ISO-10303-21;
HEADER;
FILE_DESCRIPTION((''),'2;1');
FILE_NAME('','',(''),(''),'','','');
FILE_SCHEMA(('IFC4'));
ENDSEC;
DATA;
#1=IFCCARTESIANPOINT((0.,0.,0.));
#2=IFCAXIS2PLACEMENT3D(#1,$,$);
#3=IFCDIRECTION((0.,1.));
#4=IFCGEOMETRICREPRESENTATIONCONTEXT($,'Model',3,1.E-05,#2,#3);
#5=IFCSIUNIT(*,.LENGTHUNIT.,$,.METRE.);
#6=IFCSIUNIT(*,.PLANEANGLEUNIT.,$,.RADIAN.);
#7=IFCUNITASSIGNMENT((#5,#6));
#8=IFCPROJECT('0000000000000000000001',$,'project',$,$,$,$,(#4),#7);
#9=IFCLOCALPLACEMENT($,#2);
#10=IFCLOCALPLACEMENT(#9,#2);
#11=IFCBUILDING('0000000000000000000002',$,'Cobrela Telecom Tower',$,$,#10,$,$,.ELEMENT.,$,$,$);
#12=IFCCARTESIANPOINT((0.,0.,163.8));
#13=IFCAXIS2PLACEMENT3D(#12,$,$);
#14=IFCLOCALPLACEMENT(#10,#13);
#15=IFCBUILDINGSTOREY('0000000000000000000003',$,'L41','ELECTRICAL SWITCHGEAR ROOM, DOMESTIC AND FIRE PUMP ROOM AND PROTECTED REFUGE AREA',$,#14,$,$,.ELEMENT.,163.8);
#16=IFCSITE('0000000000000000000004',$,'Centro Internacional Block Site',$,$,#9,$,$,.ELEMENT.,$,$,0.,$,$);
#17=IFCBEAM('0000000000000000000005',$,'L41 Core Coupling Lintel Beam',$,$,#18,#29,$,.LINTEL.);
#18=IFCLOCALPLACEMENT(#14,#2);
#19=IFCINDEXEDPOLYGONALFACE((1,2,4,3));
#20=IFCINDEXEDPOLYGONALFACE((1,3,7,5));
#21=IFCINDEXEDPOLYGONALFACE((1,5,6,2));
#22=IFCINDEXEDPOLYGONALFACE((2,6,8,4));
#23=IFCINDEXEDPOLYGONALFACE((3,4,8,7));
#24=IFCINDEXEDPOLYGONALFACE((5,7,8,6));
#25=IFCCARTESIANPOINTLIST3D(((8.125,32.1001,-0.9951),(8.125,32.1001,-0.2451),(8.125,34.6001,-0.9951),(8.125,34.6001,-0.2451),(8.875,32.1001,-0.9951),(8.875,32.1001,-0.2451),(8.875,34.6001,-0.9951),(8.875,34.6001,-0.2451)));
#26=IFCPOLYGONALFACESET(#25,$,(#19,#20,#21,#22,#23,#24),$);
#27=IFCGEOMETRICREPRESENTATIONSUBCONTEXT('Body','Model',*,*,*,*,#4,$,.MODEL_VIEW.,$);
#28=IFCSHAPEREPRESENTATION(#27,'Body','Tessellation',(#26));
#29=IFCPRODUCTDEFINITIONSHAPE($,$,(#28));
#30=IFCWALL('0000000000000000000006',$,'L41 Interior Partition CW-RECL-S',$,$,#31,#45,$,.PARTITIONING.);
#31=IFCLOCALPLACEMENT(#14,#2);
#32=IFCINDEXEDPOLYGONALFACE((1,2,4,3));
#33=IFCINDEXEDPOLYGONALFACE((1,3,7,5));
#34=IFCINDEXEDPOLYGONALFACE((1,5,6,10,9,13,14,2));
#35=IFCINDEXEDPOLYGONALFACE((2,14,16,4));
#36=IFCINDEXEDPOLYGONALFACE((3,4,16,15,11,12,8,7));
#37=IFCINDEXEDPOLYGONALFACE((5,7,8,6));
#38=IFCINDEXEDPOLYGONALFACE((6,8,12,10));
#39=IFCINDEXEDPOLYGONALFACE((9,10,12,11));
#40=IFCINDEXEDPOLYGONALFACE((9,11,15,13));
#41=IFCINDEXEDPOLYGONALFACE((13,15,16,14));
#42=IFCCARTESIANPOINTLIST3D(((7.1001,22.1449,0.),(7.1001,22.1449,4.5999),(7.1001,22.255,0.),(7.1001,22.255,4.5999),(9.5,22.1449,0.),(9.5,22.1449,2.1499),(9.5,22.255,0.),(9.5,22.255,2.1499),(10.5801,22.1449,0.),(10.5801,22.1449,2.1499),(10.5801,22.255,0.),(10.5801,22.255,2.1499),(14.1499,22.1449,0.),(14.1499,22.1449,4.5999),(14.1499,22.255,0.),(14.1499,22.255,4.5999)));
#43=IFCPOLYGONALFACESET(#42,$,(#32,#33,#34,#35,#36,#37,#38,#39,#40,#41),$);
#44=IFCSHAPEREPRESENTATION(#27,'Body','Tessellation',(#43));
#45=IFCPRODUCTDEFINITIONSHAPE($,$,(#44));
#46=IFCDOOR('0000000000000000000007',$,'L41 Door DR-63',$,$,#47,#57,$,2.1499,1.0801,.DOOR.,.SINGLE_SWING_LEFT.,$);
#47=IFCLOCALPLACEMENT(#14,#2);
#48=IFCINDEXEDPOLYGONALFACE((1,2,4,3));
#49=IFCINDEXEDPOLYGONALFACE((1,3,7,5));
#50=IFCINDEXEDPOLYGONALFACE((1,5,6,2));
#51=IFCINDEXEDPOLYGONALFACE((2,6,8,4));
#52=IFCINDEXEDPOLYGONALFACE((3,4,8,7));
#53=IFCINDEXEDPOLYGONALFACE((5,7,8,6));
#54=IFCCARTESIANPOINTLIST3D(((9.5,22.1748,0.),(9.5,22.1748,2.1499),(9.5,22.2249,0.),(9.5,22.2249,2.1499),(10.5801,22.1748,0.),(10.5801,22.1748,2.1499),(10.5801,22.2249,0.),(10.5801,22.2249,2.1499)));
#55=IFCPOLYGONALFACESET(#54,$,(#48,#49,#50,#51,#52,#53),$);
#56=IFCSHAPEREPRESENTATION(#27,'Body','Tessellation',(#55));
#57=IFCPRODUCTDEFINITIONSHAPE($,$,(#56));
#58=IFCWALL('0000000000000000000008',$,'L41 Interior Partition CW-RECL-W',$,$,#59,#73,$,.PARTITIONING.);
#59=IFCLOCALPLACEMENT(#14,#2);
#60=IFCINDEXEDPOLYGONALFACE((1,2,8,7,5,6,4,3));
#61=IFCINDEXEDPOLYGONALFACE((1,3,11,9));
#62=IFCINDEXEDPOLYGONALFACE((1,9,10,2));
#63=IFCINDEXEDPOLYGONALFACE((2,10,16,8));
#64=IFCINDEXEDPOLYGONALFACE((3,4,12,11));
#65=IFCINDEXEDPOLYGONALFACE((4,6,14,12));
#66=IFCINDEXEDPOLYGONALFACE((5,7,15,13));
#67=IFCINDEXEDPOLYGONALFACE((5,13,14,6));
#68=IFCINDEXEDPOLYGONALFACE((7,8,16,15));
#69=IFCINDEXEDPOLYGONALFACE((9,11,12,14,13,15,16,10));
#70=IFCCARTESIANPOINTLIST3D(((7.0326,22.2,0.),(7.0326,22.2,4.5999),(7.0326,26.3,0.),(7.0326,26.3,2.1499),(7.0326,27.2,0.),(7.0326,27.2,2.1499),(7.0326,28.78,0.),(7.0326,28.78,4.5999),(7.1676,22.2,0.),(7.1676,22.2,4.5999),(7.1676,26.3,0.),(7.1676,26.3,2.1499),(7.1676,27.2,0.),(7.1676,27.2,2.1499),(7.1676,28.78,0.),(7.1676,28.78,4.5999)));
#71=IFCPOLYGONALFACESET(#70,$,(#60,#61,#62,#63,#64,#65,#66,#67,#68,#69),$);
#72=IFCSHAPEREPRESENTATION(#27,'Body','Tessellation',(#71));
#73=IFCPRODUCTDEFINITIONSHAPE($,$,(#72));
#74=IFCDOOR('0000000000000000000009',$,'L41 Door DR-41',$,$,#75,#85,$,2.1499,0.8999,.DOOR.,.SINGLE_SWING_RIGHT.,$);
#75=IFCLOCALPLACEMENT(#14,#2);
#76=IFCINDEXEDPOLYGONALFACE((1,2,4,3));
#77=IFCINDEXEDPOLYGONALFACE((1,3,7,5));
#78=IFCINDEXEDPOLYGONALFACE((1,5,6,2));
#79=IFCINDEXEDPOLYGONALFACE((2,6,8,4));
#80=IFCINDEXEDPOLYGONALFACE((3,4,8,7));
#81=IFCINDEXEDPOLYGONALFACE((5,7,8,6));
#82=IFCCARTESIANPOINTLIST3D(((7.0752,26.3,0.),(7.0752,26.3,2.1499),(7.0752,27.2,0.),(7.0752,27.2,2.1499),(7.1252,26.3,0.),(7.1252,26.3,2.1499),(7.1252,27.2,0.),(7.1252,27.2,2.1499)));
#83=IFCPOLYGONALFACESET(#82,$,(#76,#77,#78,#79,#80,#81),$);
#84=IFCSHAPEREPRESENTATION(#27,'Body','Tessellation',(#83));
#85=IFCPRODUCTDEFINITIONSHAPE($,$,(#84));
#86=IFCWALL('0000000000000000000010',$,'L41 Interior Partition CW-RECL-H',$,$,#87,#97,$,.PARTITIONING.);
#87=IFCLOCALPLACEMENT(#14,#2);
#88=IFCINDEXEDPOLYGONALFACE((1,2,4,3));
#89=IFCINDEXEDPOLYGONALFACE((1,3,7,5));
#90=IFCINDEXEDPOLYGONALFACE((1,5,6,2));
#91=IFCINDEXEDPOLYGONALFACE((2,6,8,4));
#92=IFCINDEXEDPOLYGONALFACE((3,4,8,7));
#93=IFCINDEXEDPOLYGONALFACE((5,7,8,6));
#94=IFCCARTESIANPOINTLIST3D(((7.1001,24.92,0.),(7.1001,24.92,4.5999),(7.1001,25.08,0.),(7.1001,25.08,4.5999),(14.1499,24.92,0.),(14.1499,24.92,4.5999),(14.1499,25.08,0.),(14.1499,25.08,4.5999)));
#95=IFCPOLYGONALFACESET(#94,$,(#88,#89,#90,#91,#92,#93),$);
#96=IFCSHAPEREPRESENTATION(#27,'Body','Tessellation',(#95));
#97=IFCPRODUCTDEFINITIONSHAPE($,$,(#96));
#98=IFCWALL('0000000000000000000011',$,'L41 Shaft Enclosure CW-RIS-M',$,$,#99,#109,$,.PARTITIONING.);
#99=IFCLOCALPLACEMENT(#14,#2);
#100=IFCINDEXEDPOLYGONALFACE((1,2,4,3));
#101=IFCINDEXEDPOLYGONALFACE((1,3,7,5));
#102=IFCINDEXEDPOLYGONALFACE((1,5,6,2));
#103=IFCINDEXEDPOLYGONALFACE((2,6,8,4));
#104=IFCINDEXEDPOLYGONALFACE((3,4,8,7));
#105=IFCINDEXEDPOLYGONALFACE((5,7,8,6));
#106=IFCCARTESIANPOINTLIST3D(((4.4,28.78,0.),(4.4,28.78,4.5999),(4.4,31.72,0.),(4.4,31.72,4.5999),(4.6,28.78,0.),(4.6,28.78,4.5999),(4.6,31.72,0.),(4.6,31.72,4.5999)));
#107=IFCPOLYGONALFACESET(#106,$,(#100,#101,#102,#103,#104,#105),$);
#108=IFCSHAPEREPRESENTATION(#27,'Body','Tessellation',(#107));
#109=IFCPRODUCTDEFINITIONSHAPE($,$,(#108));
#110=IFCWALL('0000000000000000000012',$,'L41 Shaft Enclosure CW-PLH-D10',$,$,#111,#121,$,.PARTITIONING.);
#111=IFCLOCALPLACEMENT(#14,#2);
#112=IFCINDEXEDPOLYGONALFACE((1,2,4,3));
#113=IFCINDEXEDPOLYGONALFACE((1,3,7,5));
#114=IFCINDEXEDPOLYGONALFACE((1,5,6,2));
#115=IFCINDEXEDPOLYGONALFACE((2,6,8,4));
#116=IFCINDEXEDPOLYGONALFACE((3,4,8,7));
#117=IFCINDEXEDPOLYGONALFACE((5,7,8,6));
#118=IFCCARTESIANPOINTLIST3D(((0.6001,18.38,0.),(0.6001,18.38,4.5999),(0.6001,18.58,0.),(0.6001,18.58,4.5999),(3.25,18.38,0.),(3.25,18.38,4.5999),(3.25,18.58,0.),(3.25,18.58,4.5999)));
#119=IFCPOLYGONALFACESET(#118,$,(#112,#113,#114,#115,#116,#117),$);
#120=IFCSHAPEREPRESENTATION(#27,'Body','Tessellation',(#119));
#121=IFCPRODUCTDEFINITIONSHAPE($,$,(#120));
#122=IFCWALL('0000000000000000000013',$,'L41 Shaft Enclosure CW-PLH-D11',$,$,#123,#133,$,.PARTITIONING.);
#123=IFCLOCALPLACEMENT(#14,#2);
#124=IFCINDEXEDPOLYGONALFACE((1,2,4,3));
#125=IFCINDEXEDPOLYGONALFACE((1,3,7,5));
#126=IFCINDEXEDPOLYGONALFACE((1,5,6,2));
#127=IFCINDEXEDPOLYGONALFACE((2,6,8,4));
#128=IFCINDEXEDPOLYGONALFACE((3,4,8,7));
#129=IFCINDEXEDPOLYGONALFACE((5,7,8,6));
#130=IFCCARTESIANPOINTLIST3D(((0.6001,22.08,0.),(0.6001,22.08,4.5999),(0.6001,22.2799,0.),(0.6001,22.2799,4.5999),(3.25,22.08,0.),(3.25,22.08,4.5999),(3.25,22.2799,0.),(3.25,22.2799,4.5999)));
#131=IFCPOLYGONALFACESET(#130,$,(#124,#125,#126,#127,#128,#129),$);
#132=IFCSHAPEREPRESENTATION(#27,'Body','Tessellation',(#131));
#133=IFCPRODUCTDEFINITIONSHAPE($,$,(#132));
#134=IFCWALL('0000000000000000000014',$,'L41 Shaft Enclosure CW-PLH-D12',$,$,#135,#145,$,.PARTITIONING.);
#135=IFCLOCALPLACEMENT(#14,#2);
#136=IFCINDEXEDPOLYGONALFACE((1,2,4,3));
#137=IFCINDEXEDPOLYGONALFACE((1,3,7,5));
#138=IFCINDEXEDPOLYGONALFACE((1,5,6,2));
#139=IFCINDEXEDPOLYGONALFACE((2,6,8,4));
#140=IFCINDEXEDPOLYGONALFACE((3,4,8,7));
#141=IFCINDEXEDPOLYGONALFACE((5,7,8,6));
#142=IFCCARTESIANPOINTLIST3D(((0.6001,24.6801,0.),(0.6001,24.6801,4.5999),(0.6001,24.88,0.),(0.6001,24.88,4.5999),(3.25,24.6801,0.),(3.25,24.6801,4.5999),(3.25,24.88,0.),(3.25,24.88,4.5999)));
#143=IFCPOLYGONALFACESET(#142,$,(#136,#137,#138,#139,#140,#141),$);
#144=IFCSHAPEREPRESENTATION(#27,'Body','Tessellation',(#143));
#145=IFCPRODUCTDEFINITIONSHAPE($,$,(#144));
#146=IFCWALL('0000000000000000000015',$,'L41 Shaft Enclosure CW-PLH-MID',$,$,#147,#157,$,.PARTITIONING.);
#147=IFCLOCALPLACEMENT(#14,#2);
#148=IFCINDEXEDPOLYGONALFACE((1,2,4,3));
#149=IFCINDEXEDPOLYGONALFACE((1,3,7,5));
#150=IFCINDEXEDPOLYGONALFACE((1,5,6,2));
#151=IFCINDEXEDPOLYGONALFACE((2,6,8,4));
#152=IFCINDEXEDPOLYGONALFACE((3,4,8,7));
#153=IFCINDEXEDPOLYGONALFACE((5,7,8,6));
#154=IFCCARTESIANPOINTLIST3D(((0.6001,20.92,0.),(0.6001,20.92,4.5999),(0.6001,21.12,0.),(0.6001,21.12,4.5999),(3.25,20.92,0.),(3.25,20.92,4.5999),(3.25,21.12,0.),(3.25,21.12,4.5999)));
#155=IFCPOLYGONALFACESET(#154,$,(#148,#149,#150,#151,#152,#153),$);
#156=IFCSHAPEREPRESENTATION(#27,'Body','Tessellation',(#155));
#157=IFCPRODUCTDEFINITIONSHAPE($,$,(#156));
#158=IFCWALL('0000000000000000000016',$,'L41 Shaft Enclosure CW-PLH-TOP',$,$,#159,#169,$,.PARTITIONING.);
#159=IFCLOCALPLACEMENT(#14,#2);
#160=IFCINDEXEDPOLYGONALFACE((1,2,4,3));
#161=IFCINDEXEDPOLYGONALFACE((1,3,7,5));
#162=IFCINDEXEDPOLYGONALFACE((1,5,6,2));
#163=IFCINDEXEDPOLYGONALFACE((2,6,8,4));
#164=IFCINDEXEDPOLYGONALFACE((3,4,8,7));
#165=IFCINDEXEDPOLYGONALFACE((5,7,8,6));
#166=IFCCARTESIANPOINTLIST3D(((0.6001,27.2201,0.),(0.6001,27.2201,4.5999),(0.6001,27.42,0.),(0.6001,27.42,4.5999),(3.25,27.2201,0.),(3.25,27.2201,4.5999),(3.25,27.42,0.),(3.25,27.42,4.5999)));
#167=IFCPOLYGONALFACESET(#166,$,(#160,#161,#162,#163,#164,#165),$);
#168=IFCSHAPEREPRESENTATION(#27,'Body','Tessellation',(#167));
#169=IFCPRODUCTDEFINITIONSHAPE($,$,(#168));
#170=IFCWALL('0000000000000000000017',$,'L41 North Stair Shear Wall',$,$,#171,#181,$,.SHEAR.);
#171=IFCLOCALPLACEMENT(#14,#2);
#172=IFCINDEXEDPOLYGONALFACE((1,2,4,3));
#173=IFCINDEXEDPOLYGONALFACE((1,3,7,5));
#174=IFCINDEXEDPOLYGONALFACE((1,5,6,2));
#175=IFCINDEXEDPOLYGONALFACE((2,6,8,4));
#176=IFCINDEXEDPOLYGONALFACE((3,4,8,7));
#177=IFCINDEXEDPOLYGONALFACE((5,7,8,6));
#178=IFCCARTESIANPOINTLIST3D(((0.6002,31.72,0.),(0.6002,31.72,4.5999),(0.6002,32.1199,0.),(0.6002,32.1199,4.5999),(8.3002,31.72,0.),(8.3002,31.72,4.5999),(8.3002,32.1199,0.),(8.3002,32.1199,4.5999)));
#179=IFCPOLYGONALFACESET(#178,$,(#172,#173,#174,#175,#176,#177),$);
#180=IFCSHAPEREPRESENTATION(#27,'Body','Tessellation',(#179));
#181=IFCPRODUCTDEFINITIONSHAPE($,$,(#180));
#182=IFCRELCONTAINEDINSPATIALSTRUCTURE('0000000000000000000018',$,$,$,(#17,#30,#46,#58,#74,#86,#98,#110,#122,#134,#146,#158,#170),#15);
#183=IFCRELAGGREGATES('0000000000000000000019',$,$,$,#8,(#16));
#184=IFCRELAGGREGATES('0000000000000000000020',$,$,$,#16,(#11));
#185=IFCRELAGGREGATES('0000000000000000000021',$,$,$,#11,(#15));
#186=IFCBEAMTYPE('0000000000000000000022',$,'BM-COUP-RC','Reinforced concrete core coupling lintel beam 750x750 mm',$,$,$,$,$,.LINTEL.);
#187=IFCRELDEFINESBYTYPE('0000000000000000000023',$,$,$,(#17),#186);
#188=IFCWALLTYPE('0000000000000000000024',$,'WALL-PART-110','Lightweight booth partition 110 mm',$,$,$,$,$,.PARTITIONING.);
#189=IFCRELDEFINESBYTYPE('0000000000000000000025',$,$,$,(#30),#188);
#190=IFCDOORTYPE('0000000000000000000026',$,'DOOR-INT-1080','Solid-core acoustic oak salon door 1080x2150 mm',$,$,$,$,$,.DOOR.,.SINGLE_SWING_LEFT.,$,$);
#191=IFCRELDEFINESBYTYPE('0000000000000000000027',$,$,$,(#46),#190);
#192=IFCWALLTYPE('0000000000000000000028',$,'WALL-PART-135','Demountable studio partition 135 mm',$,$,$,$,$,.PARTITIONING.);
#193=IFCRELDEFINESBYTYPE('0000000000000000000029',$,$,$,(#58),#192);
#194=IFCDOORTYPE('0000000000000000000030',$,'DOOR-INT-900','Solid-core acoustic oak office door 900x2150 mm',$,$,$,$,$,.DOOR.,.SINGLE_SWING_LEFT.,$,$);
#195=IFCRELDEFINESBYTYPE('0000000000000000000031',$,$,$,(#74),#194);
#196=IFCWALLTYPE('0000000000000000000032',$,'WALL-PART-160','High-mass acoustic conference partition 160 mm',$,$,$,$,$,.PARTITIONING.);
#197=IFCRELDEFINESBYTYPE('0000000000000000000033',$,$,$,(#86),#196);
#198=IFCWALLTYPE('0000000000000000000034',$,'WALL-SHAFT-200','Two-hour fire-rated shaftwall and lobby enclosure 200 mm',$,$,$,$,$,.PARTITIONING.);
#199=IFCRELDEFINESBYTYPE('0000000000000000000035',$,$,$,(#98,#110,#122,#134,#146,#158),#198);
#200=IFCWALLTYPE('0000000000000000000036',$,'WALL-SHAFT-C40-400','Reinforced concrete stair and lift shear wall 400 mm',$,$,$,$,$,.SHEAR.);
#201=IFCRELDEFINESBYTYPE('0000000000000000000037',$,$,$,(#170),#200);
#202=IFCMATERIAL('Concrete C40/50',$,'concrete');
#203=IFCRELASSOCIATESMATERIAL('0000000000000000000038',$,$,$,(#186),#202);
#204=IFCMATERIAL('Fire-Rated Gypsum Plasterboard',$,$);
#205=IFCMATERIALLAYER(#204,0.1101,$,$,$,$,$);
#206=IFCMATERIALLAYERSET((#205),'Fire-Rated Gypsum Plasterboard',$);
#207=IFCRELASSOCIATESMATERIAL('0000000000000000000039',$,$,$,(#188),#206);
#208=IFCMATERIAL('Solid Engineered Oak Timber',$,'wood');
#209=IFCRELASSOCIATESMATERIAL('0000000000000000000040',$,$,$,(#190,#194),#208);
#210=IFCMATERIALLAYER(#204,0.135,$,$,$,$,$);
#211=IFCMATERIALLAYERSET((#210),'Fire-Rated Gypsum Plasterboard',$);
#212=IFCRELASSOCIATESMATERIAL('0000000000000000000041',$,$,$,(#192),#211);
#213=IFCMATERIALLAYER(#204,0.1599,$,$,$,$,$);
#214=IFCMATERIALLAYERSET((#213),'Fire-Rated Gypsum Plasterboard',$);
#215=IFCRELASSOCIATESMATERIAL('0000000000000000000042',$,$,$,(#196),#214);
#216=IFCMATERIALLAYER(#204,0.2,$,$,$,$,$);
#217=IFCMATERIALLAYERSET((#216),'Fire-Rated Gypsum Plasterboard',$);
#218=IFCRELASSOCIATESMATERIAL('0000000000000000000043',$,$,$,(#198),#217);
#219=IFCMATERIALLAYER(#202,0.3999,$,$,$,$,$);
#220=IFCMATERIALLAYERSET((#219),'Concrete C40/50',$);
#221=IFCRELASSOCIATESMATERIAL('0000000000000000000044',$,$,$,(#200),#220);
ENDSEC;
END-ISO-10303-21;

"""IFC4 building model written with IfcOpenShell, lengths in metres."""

from ifc_helpers import new_model, si_unit, direction, frame, frame_2d, origin, origin_2d, place, context, subcontext, project, spatial, rectangle, extrude, material, layer, layer_set, material_profile, profile_set, type_object, element, fill, save


model = new_model("IFC4")

# Units and contexts
model_context = context("Model", 3, precision=1e-05, world=origin(), true_north=direction((0.0, 1.0)))
body_context = subcontext(model_context, "Body", "Model", "MODEL_VIEW")
ifc_project = project(units=[si_unit("LENGTHUNIT", "METRE"), si_unit("PLANEANGLEUNIT", "RADIAN")], contexts=[model_context])

# Site, building, storey
site_placement = place(None, origin())
site = spatial("IfcSite", under=ifc_project, at=site_placement, Name="Centro Internacional Block Site", CompositionType="ELEMENT", RefElevation=0.0)
building_placement = place(site_placement, origin())
building = spatial("IfcBuilding", under=site, at=building_placement, Name="Cobrela Telecom Tower", CompositionType="ELEMENT")
storey_placement = place(building_placement, frame((0.0, 0.0, 163.8)))
storey = spatial("IfcBuildingStorey", under=building, at=storey_placement, Name="L41", Description="ELECTRICAL SWITCHGEAR ROOM, DOMESTIC AND FIRE PUMP ROOM AND PROTECTED REFUGE AREA", CompositionType="ELEMENT", Elevation=163.8)

# Beam
ifc_material_1 = material(Name="Concrete C40/50", Category="concrete")
ifc_material_profile = material_profile(ifc_material_1, rectangle(XDim=0.75, YDim=0.75, at=origin_2d()), Name="RC 750x750")
ifc_profile_set = profile_set([ifc_material_profile], Name="Concrete C40/50")
beam_type = type_object("IfcBeamType", Name="BM-COUP-RC", Description="Reinforced concrete core coupling lintel beam 750x750 mm", PredefinedType="LINTEL", material=ifc_profile_set)
beam_placement = place(storey_placement, frame((8.5, 32.1001, -0.6201), z_axis=(0.0, 1.0, 0.0), x_axis=(-1.0, 0.0, 0.0)))
element("IfcBeam", 1, at=beam_placement, inside=storey, type_object=beam_type, Name="L41 Core Coupling Lintel Beam", PredefinedType="LINTEL", context=body_context, shape_type="SweptSolid", body=[
    extrude(rectangle(XDim=0.75, YDim=0.75, at=origin_2d()), origin(), (0.0, 0.0, 1.0), 2.5),
])

# Walls, openings, doors
ifc_material_2 = material(Name="Fire-Rated Gypsum Plasterboard")
ifc_layer_1 = layer(ifc_material_2, 0.1101)
ifc_layer_set_1 = layer_set([ifc_layer_1], Name="Fire-Rated Gypsum Plasterboard")
wall_type_1 = type_object("IfcWallType", Name="WALL-PART-110", Description="Lightweight booth partition 110 mm", PredefinedType="PARTITIONING", material=ifc_layer_set_1)
wall_1_placement = place(storey_placement, frame((7.1001, 22.2, 0.0), z_axis=(0.0, 0.0, 1.0), x_axis=(1.0, 0.0, 0.0)))
wall_1 = element("IfcWall", 2, at=wall_1_placement, inside=storey, type_object=wall_type_1, Name="L41 Interior Partition CW-RECL-S", PredefinedType="PARTITIONING", context=body_context, shape_type="SweptSolid", body=[
    extrude(rectangle(XDim=7.0498, YDim=0.1101, at=frame_2d((3.5249, 0.0))), origin(), (0.0, 0.0, 1.0), 4.5999),
])
opening_1_placement = place(wall_1_placement, frame((2.3999, 0.0, 0.0)))
opening_1 = element("IfcOpeningElement", 3, at=opening_1_placement, cuts=wall_1, PredefinedType="OPENING", context=body_context, shape_type="SweptSolid", body=[
    extrude(rectangle(XDim=1.0801, YDim=2.1499, at=frame_2d((0.54, 1.075))), frame((0.0, 0.0669, 0.0), z_axis=(0.0, -1.0, 0.0), x_axis=(1.0, 0.0, 0.0)), (0.0, 0.0, 1.0), 0.134),
])
ifc_material_3 = material(Name="Solid Engineered Oak Timber", Category="wood")
door_type_1 = type_object("IfcDoorType", Name="DOOR-INT-1080", Description="Solid-core acoustic oak salon door 1080x2150 mm", OperationType="SINGLE_SWING_LEFT", PredefinedType="DOOR", material=ifc_material_3)
door_1_placement = place(opening_1_placement, origin())
door_1 = element("IfcDoor", 4, at=door_1_placement, inside=storey, type_object=door_type_1, Name="L41 Door DR-63", OperationType="SINGLE_SWING_LEFT", OverallHeight=2.1499, OverallWidth=1.0801, PredefinedType="DOOR", context=body_context, shape_type="SweptSolid", body=[
    extrude(rectangle(XDim=1.0801, YDim=2.1499, at=frame_2d((0.54, 1.075))), frame((0.0, 0.0249, 0.0), z_axis=(0.0, -1.0, 0.0), x_axis=(1.0, 0.0, 0.0)), (0.0, 0.0, 1.0), 0.05),
])
fill(opening_1, door_1)
ifc_layer_2 = layer(ifc_material_2, 0.135)
ifc_layer_set_2 = layer_set([ifc_layer_2], Name="Fire-Rated Gypsum Plasterboard")
wall_type_2 = type_object("IfcWallType", Name="WALL-PART-135", Description="Demountable studio partition 135 mm", PredefinedType="PARTITIONING", material=ifc_layer_set_2)
wall_2_placement = place(storey_placement, frame((7.1001, 22.2, 0.0), z_axis=(0.0, 0.0, 1.0), x_axis=(0.0, 1.0, 0.0)))
wall_2 = element("IfcWall", 5, at=wall_2_placement, inside=storey, type_object=wall_type_2, Name="L41 Interior Partition CW-RECL-W", PredefinedType="PARTITIONING", context=body_context, shape_type="SweptSolid", body=[
    extrude(rectangle(XDim=6.5801, YDim=0.135, at=frame_2d((3.29, 0.0))), origin(), (0.0, 0.0, 1.0), 4.5999),
])
opening_2_placement = place(wall_2_placement, frame((4.1001, 0.0, 0.0)))
opening_2 = element("IfcOpeningElement", 6, at=opening_2_placement, cuts=wall_2, PredefinedType="OPENING", context=body_context, shape_type="SweptSolid", body=[
    extrude(rectangle(XDim=0.8999, YDim=2.1499, at=frame_2d((0.45, 1.075))), frame((0.0, 0.0796, 0.0), z_axis=(0.0, -1.0, 0.0), x_axis=(1.0, 0.0, 0.0)), (0.0, 0.0, 1.0), 0.1589),
])
door_type_2 = type_object("IfcDoorType", Name="DOOR-INT-900", Description="Solid-core acoustic oak office door 900x2150 mm", OperationType="SINGLE_SWING_LEFT", PredefinedType="DOOR", material=ifc_material_3)
door_2_placement = place(opening_2_placement, origin())
door_2 = element("IfcDoor", 7, at=door_2_placement, inside=storey, type_object=door_type_2, Name="L41 Door DR-41", OperationType="SINGLE_SWING_RIGHT", OverallHeight=2.1499, OverallWidth=0.8999, PredefinedType="DOOR", context=body_context, shape_type="SweptSolid", body=[
    extrude(rectangle(XDim=0.8999, YDim=2.1499, at=frame_2d((0.45, 1.075))), frame((0.0, 0.0249, 0.0), z_axis=(0.0, -1.0, 0.0), x_axis=(1.0, 0.0, 0.0)), (0.0, 0.0, 1.0), 0.05),
])
fill(opening_2, door_2)

# Wall
ifc_layer_3 = layer(ifc_material_2, 0.1599)
ifc_layer_set_3 = layer_set([ifc_layer_3], Name="Fire-Rated Gypsum Plasterboard")
wall_type_3 = type_object("IfcWallType", Name="WALL-PART-160", Description="High-mass acoustic conference partition 160 mm", PredefinedType="PARTITIONING", material=ifc_layer_set_3)
wall_3_placement = place(storey_placement, frame((7.1001, 25.0, 0.0), z_axis=(0.0, 0.0, 1.0), x_axis=(1.0, 0.0, 0.0)))
element("IfcWall", 8, at=wall_3_placement, inside=storey, type_object=wall_type_3, Name="L41 Interior Partition CW-RECL-H", PredefinedType="PARTITIONING", context=body_context, shape_type="SweptSolid", body=[
    extrude(rectangle(XDim=7.0498, YDim=0.1599, at=frame_2d((3.5249, 0.0))), origin(), (0.0, 0.0, 1.0), 4.5999),
])

# Shared definitions
ifc_layer_4 = layer(ifc_material_2, 0.2)
ifc_layer_set_4 = layer_set([ifc_layer_4], Name="Fire-Rated Gypsum Plasterboard")
wall_type_4 = type_object("IfcWallType", Name="WALL-SHAFT-200", Description="Two-hour fire-rated shaftwall and lobby enclosure 200 mm", PredefinedType="PARTITIONING", material=ifc_layer_set_4)

# Walls
wall_4_placement = place(storey_placement, frame((4.5, 28.78, 0.0), z_axis=(0.0, 0.0, 1.0), x_axis=(0.0, 1.0, 0.0)))
element("IfcWall", 9, at=wall_4_placement, inside=storey, type_object=wall_type_4, Name="L41 Shaft Enclosure CW-RIS-M", PredefinedType="PARTITIONING", context=body_context, shape_type="SweptSolid", body=[
    extrude(rectangle(XDim=2.9399, YDim=0.2, at=frame_2d((1.47, 0.0))), origin(), (0.0, 0.0, 1.0), 4.5999),
])
for number, where, z_axis, x_axis, name in (
    (10, (0.6001, 18.48, 0.0), (0.0, 0.0, 1.0), (1.0, 0.0, 0.0), "L41 Shaft Enclosure CW-PLH-D10"),
    (11, (0.6001, 22.1799, 0.0), (0.0, 0.0, 1.0), (1.0, 0.0, 0.0), "L41 Shaft Enclosure CW-PLH-D11"),
    (12, (0.6001, 24.78, 0.0), (0.0, 0.0, 1.0), (1.0, 0.0, 0.0), "L41 Shaft Enclosure CW-PLH-D12"),
    (13, (0.6001, 21.02, 0.0), (0.0, 0.0, 1.0), (1.0, 0.0, 0.0), "L41 Shaft Enclosure CW-PLH-MID"),
    (14, (0.6001, 27.3201, 0.0), (0.0, 0.0, 1.0), (1.0, 0.0, 0.0), "L41 Shaft Enclosure CW-PLH-TOP"),
):
    element("IfcWall", number, at=place(storey_placement, frame(where, z_axis=z_axis, x_axis=x_axis)), inside=storey, type_object=wall_type_4, Name=name, PredefinedType="PARTITIONING", context=body_context, shape_type="SweptSolid", body=[
        extrude(rectangle(XDim=2.6499, YDim=0.2, at=frame_2d((1.325, 0.0))), origin(), (0.0, 0.0, 1.0), 4.5999),
    ])
ifc_layer_5 = layer(ifc_material_1, 0.3999)
ifc_layer_set_5 = layer_set([ifc_layer_5], Name="Concrete C40/50")
wall_type_5 = type_object("IfcWallType", Name="WALL-SHAFT-C40-400", Description="Reinforced concrete stair and lift shear wall 400 mm", PredefinedType="SHEAR", material=ifc_layer_set_5)
wall_5_placement = place(storey_placement, frame((0.6001, 31.9199, 0.0), z_axis=(0.0, 0.0, 1.0), x_axis=(1.0, 0.0, 0.0)))
element("IfcWall", 15, at=wall_5_placement, inside=storey, type_object=wall_type_5, Name="L41 North Stair Shear Wall", PredefinedType="SHEAR", context=body_context, shape_type="SweptSolid", body=[
    extrude(rectangle(XDim=7.7, YDim=0.3999, at=frame_2d((3.8501, 0.0))), origin(), (0.0, 0.0, 1.0), 4.5999),
])

save(model, "model.ifc")
